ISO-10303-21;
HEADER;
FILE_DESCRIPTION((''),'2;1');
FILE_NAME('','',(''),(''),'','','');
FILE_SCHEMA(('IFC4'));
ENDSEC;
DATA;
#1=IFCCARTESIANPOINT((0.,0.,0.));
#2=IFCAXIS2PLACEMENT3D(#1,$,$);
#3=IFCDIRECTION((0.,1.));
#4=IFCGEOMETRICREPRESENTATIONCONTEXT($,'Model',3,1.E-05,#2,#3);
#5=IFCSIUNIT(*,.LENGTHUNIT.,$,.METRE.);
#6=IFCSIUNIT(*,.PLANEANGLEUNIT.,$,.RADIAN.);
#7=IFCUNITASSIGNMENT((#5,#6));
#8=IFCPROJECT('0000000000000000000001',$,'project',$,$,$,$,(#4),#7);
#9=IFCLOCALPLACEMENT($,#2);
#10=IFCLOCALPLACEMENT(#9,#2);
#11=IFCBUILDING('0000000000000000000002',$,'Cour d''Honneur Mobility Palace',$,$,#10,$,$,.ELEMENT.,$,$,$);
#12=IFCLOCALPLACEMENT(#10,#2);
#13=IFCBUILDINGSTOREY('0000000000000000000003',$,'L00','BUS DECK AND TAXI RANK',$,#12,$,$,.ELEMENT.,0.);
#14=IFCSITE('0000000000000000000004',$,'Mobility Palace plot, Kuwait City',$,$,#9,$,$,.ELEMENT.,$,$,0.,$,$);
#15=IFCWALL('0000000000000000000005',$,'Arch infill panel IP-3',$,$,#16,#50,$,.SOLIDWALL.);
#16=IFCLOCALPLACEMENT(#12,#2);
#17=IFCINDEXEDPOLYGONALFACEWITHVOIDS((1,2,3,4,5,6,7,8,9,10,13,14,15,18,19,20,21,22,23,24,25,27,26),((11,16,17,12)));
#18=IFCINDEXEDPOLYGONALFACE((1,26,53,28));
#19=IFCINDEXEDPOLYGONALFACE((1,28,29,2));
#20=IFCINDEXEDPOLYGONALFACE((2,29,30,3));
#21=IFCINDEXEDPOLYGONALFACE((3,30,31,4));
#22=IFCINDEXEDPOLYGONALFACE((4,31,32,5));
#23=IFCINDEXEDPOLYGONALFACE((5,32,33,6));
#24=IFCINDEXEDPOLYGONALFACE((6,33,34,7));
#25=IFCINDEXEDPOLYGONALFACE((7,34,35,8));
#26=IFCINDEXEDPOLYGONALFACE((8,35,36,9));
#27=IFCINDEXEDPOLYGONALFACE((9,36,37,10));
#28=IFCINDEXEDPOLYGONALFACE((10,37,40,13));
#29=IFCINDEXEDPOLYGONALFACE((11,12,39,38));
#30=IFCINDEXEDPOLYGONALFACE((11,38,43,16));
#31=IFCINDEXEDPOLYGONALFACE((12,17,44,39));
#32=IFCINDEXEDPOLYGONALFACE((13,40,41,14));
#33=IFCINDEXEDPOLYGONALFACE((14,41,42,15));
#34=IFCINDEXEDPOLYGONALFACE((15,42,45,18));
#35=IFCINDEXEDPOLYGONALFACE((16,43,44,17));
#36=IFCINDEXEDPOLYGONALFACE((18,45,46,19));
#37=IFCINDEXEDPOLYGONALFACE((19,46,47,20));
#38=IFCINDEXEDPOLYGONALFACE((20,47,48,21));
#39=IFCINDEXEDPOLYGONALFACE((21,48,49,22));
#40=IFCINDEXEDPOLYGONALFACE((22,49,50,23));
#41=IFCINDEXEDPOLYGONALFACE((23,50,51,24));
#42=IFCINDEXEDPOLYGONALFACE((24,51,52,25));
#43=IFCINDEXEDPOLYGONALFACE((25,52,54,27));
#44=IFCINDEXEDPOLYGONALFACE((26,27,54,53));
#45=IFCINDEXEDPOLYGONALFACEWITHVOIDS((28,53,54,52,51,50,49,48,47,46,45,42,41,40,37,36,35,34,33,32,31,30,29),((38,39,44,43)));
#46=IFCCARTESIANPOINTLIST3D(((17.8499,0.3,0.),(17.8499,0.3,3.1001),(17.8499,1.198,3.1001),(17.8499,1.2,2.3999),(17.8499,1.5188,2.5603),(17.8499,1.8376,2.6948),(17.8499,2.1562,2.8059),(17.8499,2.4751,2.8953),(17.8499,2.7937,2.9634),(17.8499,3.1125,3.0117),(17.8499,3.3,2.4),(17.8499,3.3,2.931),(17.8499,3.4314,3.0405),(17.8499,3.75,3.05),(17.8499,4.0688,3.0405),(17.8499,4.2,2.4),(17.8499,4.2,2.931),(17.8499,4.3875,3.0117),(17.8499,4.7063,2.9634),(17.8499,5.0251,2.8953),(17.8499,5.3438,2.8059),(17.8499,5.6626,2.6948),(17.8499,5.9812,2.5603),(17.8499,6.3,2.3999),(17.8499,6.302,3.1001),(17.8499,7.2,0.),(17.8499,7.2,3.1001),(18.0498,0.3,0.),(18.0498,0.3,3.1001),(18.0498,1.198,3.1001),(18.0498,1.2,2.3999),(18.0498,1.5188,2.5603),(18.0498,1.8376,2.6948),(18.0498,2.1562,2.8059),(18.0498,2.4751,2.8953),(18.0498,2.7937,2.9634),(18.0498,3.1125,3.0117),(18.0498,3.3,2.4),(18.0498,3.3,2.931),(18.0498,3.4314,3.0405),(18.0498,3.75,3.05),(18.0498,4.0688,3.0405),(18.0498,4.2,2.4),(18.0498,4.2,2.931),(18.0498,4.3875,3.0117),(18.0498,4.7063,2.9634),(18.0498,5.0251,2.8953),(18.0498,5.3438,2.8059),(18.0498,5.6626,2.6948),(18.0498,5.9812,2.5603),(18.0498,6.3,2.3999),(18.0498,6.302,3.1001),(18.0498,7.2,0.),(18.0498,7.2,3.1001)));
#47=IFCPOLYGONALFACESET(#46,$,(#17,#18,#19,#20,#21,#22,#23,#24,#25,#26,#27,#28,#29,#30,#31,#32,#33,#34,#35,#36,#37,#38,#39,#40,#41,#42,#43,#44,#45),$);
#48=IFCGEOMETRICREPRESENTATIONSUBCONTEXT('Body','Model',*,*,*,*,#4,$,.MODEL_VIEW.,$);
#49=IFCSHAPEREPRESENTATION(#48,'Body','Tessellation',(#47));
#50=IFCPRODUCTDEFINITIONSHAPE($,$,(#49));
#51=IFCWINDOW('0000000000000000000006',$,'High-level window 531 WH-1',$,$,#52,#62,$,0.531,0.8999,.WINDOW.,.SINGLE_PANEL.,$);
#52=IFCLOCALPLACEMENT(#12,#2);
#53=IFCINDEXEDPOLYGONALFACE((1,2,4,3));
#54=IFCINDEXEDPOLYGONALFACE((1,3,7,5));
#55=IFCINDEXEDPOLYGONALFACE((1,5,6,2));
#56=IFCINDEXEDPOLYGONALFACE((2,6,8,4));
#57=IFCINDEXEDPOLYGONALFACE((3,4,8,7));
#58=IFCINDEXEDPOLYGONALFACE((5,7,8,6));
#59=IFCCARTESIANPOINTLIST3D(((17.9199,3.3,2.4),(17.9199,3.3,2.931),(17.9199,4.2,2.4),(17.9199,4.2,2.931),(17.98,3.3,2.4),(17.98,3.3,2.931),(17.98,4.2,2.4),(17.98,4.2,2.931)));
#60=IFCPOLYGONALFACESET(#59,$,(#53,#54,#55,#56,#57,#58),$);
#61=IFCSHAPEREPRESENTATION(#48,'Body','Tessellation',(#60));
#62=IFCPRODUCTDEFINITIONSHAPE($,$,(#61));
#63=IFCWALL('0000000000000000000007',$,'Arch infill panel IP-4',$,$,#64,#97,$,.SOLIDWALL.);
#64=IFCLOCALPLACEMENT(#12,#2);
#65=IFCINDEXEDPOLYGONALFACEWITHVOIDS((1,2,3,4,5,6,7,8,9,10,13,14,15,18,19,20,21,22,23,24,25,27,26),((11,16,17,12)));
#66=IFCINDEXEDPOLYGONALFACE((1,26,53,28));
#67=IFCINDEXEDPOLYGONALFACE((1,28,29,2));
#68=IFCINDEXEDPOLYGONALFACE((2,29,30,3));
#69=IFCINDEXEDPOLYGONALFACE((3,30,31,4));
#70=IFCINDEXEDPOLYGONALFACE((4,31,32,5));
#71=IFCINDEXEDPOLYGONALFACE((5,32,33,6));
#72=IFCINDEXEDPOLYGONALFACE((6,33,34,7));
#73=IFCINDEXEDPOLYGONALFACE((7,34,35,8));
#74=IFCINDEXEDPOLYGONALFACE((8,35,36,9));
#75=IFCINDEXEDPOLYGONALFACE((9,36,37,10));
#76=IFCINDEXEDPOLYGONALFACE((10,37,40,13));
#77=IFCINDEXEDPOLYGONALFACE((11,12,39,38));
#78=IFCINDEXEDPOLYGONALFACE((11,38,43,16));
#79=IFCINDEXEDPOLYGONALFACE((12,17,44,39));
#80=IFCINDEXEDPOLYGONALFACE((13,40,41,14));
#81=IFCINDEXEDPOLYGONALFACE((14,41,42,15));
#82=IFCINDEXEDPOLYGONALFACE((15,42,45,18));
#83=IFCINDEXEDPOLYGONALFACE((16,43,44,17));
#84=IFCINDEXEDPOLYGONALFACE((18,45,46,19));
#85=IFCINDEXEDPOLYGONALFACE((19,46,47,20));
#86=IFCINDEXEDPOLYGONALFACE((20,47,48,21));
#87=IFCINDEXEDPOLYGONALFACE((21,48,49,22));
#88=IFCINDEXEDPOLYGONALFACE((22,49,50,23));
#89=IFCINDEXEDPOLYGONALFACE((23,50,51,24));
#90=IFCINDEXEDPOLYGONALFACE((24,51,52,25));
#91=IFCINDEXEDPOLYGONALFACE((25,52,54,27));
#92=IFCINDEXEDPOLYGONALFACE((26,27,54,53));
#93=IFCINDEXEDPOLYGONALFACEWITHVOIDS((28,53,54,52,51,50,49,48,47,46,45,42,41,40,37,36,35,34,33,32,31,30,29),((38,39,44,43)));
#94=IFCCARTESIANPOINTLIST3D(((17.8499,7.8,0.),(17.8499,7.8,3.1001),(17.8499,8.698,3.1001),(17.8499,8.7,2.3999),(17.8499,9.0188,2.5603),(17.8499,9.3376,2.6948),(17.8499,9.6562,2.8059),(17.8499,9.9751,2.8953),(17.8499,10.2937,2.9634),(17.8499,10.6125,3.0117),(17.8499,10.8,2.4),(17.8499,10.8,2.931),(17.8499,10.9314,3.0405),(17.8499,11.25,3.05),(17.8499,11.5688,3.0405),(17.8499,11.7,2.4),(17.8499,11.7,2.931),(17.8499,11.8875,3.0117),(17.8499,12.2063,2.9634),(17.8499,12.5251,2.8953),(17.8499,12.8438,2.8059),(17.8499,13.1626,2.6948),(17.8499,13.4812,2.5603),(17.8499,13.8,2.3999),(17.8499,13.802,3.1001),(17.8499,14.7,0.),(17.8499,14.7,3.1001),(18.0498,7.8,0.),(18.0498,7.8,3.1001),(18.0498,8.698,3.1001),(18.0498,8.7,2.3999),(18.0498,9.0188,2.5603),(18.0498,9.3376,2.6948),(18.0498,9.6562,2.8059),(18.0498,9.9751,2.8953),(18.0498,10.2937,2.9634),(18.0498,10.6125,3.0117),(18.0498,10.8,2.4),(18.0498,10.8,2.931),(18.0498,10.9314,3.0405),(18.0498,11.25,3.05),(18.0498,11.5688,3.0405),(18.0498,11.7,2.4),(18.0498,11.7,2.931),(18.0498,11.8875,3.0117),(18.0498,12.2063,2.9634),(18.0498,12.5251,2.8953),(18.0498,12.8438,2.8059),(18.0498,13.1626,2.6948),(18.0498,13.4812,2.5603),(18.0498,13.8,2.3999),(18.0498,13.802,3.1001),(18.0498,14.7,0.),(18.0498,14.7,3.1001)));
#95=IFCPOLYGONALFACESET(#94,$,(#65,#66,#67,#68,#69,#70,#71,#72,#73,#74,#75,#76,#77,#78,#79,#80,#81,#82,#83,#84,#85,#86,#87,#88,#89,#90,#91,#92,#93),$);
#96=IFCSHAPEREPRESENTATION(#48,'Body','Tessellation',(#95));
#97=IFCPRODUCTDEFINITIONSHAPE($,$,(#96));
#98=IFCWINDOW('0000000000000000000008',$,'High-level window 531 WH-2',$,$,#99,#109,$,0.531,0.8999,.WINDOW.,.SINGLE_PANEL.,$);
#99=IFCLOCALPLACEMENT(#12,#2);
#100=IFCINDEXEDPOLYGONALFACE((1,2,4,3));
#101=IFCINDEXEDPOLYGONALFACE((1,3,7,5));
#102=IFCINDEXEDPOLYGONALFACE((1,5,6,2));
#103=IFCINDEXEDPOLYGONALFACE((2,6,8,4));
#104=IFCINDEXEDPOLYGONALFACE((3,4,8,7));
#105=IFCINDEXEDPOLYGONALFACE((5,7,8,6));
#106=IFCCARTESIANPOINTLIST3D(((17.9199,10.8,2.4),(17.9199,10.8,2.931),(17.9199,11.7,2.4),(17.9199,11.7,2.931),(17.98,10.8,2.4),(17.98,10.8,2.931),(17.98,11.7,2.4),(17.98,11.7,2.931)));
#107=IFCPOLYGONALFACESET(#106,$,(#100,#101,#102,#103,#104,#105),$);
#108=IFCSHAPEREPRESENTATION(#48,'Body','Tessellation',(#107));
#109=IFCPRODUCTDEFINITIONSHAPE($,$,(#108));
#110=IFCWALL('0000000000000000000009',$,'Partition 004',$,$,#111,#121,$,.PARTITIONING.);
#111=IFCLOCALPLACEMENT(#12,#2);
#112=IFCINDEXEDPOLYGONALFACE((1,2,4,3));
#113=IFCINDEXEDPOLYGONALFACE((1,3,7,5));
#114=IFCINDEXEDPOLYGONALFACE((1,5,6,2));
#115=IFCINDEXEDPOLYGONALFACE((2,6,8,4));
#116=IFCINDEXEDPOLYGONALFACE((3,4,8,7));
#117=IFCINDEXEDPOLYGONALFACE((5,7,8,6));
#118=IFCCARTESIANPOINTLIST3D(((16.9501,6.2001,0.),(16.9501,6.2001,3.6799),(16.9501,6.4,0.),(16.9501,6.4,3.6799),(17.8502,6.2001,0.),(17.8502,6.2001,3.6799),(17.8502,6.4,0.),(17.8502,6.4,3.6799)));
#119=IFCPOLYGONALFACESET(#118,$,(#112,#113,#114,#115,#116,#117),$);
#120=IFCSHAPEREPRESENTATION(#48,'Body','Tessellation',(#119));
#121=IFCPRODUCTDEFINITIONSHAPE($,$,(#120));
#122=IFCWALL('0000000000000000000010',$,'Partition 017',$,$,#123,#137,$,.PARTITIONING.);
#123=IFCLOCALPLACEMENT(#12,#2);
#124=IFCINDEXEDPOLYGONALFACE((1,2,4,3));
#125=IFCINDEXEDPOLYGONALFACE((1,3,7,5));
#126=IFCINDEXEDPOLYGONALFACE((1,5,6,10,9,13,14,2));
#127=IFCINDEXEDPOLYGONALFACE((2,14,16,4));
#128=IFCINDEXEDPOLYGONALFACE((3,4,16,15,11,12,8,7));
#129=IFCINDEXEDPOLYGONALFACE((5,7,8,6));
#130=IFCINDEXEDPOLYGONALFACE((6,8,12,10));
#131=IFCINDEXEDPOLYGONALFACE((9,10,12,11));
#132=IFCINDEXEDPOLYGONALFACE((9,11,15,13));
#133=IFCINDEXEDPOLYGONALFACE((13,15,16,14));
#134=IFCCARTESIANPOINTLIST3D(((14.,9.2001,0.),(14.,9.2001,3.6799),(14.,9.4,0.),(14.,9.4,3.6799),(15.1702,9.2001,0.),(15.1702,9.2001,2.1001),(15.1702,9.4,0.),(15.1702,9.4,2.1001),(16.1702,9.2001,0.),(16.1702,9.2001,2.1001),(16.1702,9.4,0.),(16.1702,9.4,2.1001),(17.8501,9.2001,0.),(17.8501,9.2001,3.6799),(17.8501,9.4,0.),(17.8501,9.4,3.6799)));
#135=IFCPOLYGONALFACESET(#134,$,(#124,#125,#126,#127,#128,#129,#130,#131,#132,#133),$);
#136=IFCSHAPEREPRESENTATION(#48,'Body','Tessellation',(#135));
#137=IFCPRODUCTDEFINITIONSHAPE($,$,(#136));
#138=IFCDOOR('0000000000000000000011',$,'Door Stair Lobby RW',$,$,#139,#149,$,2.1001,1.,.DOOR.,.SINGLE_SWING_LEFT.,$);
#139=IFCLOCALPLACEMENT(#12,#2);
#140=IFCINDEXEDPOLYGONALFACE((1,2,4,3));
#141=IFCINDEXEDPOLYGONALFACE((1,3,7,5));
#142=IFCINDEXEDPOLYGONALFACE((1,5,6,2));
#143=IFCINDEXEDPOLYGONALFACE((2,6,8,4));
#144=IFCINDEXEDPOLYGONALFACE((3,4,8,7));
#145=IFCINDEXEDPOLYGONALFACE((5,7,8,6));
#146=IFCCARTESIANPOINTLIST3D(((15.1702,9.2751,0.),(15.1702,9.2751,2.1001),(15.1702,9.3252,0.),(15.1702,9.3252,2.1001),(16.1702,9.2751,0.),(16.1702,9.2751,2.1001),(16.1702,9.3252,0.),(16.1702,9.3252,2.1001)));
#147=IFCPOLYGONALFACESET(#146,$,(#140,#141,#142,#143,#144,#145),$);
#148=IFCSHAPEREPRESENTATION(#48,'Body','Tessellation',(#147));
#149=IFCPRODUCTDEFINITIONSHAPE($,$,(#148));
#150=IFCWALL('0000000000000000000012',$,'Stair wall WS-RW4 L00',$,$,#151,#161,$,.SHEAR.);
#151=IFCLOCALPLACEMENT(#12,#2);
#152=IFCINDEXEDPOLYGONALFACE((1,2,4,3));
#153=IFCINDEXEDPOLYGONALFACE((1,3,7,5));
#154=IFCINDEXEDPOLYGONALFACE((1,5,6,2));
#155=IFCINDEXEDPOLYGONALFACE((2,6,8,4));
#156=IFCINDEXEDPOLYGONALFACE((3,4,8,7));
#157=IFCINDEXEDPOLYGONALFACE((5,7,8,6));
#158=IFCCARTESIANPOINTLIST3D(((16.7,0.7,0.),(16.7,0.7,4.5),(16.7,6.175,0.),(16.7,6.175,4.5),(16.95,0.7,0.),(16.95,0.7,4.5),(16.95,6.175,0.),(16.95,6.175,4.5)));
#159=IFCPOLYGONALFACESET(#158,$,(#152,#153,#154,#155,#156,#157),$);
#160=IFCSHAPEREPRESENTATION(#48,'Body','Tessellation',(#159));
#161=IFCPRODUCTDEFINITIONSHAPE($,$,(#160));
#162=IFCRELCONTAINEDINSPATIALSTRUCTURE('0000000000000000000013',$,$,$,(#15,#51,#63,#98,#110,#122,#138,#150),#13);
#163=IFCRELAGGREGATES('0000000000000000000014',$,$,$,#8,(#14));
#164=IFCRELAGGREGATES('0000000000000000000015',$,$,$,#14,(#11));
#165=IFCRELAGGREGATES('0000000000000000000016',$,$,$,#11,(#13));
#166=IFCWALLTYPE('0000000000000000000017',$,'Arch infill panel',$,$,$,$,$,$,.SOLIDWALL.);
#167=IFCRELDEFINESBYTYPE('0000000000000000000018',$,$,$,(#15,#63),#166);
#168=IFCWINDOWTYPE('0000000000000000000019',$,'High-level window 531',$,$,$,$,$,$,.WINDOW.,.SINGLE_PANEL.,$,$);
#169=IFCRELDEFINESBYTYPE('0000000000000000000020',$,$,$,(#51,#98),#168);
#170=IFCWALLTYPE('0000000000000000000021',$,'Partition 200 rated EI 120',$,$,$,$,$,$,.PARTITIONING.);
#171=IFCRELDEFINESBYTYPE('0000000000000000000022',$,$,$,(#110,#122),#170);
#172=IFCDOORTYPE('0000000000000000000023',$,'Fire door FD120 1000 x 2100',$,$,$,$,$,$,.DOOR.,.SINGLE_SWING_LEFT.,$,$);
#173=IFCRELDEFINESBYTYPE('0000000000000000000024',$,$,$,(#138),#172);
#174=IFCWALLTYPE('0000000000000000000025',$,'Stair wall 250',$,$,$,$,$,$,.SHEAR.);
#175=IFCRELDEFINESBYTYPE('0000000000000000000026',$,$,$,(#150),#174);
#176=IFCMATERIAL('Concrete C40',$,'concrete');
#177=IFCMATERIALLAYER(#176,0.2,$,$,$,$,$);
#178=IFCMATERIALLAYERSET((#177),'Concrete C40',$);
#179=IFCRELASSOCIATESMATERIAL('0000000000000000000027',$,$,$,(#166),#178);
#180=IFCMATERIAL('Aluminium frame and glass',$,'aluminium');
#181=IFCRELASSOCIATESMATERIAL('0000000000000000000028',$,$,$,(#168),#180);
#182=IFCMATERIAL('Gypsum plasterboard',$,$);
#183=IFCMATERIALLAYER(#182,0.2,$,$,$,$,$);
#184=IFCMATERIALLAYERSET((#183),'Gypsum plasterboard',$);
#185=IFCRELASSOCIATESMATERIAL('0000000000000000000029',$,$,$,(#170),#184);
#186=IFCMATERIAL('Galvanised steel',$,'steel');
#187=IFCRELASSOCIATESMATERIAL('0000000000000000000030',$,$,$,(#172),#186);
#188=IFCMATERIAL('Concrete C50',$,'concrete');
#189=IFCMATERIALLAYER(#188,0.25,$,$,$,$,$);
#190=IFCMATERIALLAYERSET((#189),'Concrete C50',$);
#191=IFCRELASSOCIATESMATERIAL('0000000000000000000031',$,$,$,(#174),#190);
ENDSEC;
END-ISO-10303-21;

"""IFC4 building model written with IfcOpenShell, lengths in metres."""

from ifc_helpers import new_model, si_unit, direction, frame, frame_2d, origin, place, context, subcontext, project, spatial, polyline, rectangle, outline, extrude, material, layer, layer_set, type_object, element, fill, save


model = new_model("IFC4")

# Units and contexts
model_context = context("Model", 3, precision=1e-05, world=origin(), true_north=direction((0.0, 1.0)))
body_context = subcontext(model_context, "Body", "Model", "MODEL_VIEW")
ifc_project = project(units=[si_unit("LENGTHUNIT", "METRE"), si_unit("PLANEANGLEUNIT", "RADIAN")], contexts=[model_context])

# Site, building, storey
site_placement = place(None, origin())
site = spatial("IfcSite", under=ifc_project, at=site_placement, Name="Mobility Palace plot, Kuwait City", CompositionType="ELEMENT", RefElevation=0.0)
building_placement = place(site_placement, origin())
building = spatial("IfcBuilding", under=site, at=building_placement, Name="Cour d'Honneur Mobility Palace", CompositionType="ELEMENT")
storey_placement = place(building_placement, origin())
storey = spatial("IfcBuildingStorey", under=building, at=storey_placement, Name="L00", Description="BUS DECK AND TAXI RANK", CompositionType="ELEMENT", Elevation=0.0)

# Walls, openings, windows
ifc_material_1 = material(Name="Concrete C40", Category="concrete")
ifc_layer_1 = layer(ifc_material_1, 0.2)
ifc_layer_set_1 = layer_set([ifc_layer_1], Name="Concrete C40")
wall_type_1 = type_object("IfcWallType", Name="Arch infill panel", PredefinedType="SOLIDWALL", material=ifc_layer_set_1)
wall_1_placement = place(storey_placement, frame((17.95, 0.3, 0.0), z_axis=(0.0, 0.0, 1.0), x_axis=(0.0, 1.0, 0.0)))
wall_1 = element("IfcWall", 1, at=wall_1_placement, inside=storey, type_object=wall_type_1, Name="Arch infill panel IP-3", PredefinedType="SOLIDWALL", context=body_context, shape_type="SweptSolid", body=[
    extrude(outline(polyline([(0.0, 0.0), (6.8999, 0.0), (6.8999, 3.1001), (6.002, 3.1001), (6.0, 2.3999), (5.6812, 2.5603), (5.3625, 2.6948), (5.0437, 2.8059), (4.7251, 2.8953), (4.4062, 2.9634), (4.0874, 3.0117), (3.7688, 3.0405), (3.45, 3.05), (3.1313, 3.0405), (2.8125, 3.0117), (2.4937, 2.9634), (2.175, 2.8953), (1.8562, 2.8059), (1.5376, 2.6948), (1.2188, 2.5603), (0.8999, 2.3999), (0.8979, 3.1001), (0.0, 3.1001), (0.0, 0.0)])), frame((0.0, 0.1001, 0.0), z_axis=(0.0, -1.0, 0.0), x_axis=(1.0, 0.0, 0.0)), (0.0, 0.0, 1.0), 0.2),
])
opening_1_placement = place(wall_1_placement, frame((3.0, 0.0, 2.3999)))
opening_1 = element("IfcOpeningElement", 2, at=opening_1_placement, cuts=wall_1, PredefinedType="OPENING", context=body_context, shape_type="SweptSolid", body=[
    extrude(rectangle(XDim=0.8999, YDim=0.531, at=frame_2d((0.45, 0.2656))), frame((0.0, 0.1099, 0.0), z_axis=(0.0, -1.0, 0.0), x_axis=(1.0, 0.0, 0.0)), (0.0, 0.0, 1.0), 0.22),
])
ifc_material_2 = material(Name="Aluminium frame and glass", Category="aluminium")
window_type = type_object("IfcWindowType", Name="High-level window 531", PartitioningType="SINGLE_PANEL", PredefinedType="WINDOW", material=ifc_material_2)
window_1_placement = place(opening_1_placement, origin())
window_1 = element("IfcWindow", 3, at=window_1_placement, inside=storey, type_object=window_type, Name="High-level window 531 WH-1", OverallHeight=0.531, OverallWidth=0.8999, PartitioningType="SINGLE_PANEL", PredefinedType="WINDOW", context=body_context, shape_type="SweptSolid", body=[
    extrude(rectangle(XDim=0.8999, YDim=0.531, at=frame_2d((0.45, 0.2656))), frame((0.0, 0.03, 0.0), z_axis=(0.0, -1.0, 0.0), x_axis=(1.0, 0.0, 0.0)), (0.0, 0.0, 1.0), 0.0601),
])
fill(opening_1, window_1)
wall_2_placement = place(storey_placement, frame((17.95, 7.8, 0.0), z_axis=(0.0, 0.0, 1.0), x_axis=(0.0, 1.0, 0.0)))
wall_2 = element("IfcWall", 4, at=wall_2_placement, inside=storey, type_object=wall_type_1, Name="Arch infill panel IP-4", PredefinedType="SOLIDWALL", context=body_context, shape_type="SweptSolid", body=[
    extrude(outline(polyline([(0.0, 0.0), (6.8999, 0.0), (6.8999, 3.1001), (6.002, 3.1001), (6.0, 2.3999), (5.6812, 2.5603), (5.3625, 2.6948), (5.0437, 2.8059), (4.7251, 2.8953), (4.4062, 2.9634), (4.0874, 3.0117), (3.7688, 3.0405), (3.45, 3.05), (3.1313, 3.0405), (2.8125, 3.0117), (2.4937, 2.9634), (2.175, 2.8953), (1.8562, 2.8059), (1.5376, 2.6948), (1.2188, 2.5603), (0.8999, 2.3999), (0.8979, 3.1001), (0.0, 3.1001), (0.0, 0.0)])), frame((0.0, 0.1001, 0.0), z_axis=(0.0, -1.0, 0.0), x_axis=(1.0, 0.0, 0.0)), (0.0, 0.0, 1.0), 0.2),
])
opening_2_placement = place(wall_2_placement, frame((3.0, 0.0, 2.3999)))
opening_2 = element("IfcOpeningElement", 5, at=opening_2_placement, cuts=wall_2, PredefinedType="OPENING", context=body_context, shape_type="SweptSolid", body=[
    extrude(rectangle(XDim=0.8999, YDim=0.531, at=frame_2d((0.45, 0.2656))), frame((0.0, 0.1099, 0.0), z_axis=(0.0, -1.0, 0.0), x_axis=(1.0, 0.0, 0.0)), (0.0, 0.0, 1.0), 0.22),
])
window_2_placement = place(opening_2_placement, origin())
window_2 = element("IfcWindow", 6, at=window_2_placement, inside=storey, type_object=window_type, Name="High-level window 531 WH-2", OverallHeight=0.531, OverallWidth=0.8999, PartitioningType="SINGLE_PANEL", PredefinedType="WINDOW", context=body_context, shape_type="SweptSolid", body=[
    extrude(rectangle(XDim=0.8999, YDim=0.531, at=frame_2d((0.45, 0.2656))), frame((0.0, 0.03, 0.0), z_axis=(0.0, -1.0, 0.0), x_axis=(1.0, 0.0, 0.0)), (0.0, 0.0, 1.0), 0.0601),
])
fill(opening_2, window_2)

# Wall
ifc_material_3 = material(Name="Gypsum plasterboard")
ifc_layer_2 = layer(ifc_material_3, 0.2)
ifc_layer_set_2 = layer_set([ifc_layer_2], Name="Gypsum plasterboard")
wall_type_2 = type_object("IfcWallType", Name="Partition 200 rated EI 120", PredefinedType="PARTITIONING", material=ifc_layer_set_2)
wall_3_placement = place(storey_placement, frame((16.95, 6.3, 0.0), z_axis=(0.0, 0.0, 1.0), x_axis=(1.0, 0.0, 0.0)))
element("IfcWall", 7, at=wall_3_placement, inside=storey, type_object=wall_type_2, Name="Partition 004", PredefinedType="PARTITIONING", context=body_context, shape_type="SweptSolid", body=[
    extrude(rectangle(XDim=0.9001, YDim=0.2, at=frame_2d((0.4502, 0.0))), origin(), (0.0, 0.0, 1.0), 3.6799),
])

# Wall, opening, door
wall_4_placement = place(storey_placement, frame((17.8501, 9.3, 0.0), z_axis=(0.0, 0.0, 1.0), x_axis=(-1.0, 0.0, 0.0)))
wall_4 = element("IfcWall", 8, at=wall_4_placement, inside=storey, type_object=wall_type_2, Name="Partition 017", PredefinedType="PARTITIONING", context=body_context, shape_type="SweptSolid", body=[
    extrude(rectangle(XDim=3.8501, YDim=0.2, at=frame_2d((1.925, 0.0))), origin(), (0.0, 0.0, 1.0), 3.6799),
])
opening_3_placement = place(wall_4_placement, frame((1.6799, 0.0, 0.0)))
opening_3 = element("IfcOpeningElement", 9, at=opening_3_placement, cuts=wall_4, PredefinedType="OPENING", context=body_context, shape_type="SweptSolid", body=[
    extrude(rectangle(XDim=1.0, YDim=2.1001, at=frame_2d((0.5, 1.05))), frame((0.0, 0.1099, 0.0), z_axis=(0.0, -1.0, 0.0), x_axis=(1.0, 0.0, 0.0)), (0.0, 0.0, 1.0), 0.22),
])
ifc_material_4 = material(Name="Galvanised steel", Category="steel")
door_type = type_object("IfcDoorType", Name="Fire door FD120 1000 x 2100", OperationType="SINGLE_SWING_LEFT", PredefinedType="DOOR", material=ifc_material_4)
door_placement = place(opening_3_placement, origin())
door = element("IfcDoor", 10, at=door_placement, inside=storey, type_object=door_type, Name="Door Stair Lobby RW", OperationType="SINGLE_SWING_LEFT", OverallHeight=2.1001, OverallWidth=1.0, PredefinedType="DOOR", context=body_context, shape_type="SweptSolid", body=[
    extrude(rectangle(XDim=1.0, YDim=2.1001, at=frame_2d((0.5, 1.05))), frame((0.0, 0.0249, 0.0), z_axis=(0.0, -1.0, 0.0), x_axis=(1.0, 0.0, 0.0)), (0.0, 0.0, 1.0), 0.05),
])
fill(opening_3, door)

# Wall
ifc_material_5 = material(Name="Concrete C50", Category="concrete")
ifc_layer_3 = layer(ifc_material_5, 0.25)
ifc_layer_set_3 = layer_set([ifc_layer_3], Name="Concrete C50")
wall_type_3 = type_object("IfcWallType", Name="Stair wall 250", PredefinedType="SHEAR", material=ifc_layer_set_3)
wall_5_placement = place(storey_placement, frame((16.825, 0.7, 0.0), z_axis=(0.0, 0.0, 1.0), x_axis=(0.0, 1.0, 0.0)))
element("IfcWall", 11, at=wall_5_placement, inside=storey, type_object=wall_type_3, Name="Stair wall WS-RW4 L00", PredefinedType="SHEAR", context=body_context, shape_type="SweptSolid", body=[
    extrude(rectangle(XDim=5.4751, YDim=0.25, at=frame_2d((2.7375, 0.0))), origin(), (0.0, 0.0, 1.0), 4.5),
])

save(model, "model.ifc")
